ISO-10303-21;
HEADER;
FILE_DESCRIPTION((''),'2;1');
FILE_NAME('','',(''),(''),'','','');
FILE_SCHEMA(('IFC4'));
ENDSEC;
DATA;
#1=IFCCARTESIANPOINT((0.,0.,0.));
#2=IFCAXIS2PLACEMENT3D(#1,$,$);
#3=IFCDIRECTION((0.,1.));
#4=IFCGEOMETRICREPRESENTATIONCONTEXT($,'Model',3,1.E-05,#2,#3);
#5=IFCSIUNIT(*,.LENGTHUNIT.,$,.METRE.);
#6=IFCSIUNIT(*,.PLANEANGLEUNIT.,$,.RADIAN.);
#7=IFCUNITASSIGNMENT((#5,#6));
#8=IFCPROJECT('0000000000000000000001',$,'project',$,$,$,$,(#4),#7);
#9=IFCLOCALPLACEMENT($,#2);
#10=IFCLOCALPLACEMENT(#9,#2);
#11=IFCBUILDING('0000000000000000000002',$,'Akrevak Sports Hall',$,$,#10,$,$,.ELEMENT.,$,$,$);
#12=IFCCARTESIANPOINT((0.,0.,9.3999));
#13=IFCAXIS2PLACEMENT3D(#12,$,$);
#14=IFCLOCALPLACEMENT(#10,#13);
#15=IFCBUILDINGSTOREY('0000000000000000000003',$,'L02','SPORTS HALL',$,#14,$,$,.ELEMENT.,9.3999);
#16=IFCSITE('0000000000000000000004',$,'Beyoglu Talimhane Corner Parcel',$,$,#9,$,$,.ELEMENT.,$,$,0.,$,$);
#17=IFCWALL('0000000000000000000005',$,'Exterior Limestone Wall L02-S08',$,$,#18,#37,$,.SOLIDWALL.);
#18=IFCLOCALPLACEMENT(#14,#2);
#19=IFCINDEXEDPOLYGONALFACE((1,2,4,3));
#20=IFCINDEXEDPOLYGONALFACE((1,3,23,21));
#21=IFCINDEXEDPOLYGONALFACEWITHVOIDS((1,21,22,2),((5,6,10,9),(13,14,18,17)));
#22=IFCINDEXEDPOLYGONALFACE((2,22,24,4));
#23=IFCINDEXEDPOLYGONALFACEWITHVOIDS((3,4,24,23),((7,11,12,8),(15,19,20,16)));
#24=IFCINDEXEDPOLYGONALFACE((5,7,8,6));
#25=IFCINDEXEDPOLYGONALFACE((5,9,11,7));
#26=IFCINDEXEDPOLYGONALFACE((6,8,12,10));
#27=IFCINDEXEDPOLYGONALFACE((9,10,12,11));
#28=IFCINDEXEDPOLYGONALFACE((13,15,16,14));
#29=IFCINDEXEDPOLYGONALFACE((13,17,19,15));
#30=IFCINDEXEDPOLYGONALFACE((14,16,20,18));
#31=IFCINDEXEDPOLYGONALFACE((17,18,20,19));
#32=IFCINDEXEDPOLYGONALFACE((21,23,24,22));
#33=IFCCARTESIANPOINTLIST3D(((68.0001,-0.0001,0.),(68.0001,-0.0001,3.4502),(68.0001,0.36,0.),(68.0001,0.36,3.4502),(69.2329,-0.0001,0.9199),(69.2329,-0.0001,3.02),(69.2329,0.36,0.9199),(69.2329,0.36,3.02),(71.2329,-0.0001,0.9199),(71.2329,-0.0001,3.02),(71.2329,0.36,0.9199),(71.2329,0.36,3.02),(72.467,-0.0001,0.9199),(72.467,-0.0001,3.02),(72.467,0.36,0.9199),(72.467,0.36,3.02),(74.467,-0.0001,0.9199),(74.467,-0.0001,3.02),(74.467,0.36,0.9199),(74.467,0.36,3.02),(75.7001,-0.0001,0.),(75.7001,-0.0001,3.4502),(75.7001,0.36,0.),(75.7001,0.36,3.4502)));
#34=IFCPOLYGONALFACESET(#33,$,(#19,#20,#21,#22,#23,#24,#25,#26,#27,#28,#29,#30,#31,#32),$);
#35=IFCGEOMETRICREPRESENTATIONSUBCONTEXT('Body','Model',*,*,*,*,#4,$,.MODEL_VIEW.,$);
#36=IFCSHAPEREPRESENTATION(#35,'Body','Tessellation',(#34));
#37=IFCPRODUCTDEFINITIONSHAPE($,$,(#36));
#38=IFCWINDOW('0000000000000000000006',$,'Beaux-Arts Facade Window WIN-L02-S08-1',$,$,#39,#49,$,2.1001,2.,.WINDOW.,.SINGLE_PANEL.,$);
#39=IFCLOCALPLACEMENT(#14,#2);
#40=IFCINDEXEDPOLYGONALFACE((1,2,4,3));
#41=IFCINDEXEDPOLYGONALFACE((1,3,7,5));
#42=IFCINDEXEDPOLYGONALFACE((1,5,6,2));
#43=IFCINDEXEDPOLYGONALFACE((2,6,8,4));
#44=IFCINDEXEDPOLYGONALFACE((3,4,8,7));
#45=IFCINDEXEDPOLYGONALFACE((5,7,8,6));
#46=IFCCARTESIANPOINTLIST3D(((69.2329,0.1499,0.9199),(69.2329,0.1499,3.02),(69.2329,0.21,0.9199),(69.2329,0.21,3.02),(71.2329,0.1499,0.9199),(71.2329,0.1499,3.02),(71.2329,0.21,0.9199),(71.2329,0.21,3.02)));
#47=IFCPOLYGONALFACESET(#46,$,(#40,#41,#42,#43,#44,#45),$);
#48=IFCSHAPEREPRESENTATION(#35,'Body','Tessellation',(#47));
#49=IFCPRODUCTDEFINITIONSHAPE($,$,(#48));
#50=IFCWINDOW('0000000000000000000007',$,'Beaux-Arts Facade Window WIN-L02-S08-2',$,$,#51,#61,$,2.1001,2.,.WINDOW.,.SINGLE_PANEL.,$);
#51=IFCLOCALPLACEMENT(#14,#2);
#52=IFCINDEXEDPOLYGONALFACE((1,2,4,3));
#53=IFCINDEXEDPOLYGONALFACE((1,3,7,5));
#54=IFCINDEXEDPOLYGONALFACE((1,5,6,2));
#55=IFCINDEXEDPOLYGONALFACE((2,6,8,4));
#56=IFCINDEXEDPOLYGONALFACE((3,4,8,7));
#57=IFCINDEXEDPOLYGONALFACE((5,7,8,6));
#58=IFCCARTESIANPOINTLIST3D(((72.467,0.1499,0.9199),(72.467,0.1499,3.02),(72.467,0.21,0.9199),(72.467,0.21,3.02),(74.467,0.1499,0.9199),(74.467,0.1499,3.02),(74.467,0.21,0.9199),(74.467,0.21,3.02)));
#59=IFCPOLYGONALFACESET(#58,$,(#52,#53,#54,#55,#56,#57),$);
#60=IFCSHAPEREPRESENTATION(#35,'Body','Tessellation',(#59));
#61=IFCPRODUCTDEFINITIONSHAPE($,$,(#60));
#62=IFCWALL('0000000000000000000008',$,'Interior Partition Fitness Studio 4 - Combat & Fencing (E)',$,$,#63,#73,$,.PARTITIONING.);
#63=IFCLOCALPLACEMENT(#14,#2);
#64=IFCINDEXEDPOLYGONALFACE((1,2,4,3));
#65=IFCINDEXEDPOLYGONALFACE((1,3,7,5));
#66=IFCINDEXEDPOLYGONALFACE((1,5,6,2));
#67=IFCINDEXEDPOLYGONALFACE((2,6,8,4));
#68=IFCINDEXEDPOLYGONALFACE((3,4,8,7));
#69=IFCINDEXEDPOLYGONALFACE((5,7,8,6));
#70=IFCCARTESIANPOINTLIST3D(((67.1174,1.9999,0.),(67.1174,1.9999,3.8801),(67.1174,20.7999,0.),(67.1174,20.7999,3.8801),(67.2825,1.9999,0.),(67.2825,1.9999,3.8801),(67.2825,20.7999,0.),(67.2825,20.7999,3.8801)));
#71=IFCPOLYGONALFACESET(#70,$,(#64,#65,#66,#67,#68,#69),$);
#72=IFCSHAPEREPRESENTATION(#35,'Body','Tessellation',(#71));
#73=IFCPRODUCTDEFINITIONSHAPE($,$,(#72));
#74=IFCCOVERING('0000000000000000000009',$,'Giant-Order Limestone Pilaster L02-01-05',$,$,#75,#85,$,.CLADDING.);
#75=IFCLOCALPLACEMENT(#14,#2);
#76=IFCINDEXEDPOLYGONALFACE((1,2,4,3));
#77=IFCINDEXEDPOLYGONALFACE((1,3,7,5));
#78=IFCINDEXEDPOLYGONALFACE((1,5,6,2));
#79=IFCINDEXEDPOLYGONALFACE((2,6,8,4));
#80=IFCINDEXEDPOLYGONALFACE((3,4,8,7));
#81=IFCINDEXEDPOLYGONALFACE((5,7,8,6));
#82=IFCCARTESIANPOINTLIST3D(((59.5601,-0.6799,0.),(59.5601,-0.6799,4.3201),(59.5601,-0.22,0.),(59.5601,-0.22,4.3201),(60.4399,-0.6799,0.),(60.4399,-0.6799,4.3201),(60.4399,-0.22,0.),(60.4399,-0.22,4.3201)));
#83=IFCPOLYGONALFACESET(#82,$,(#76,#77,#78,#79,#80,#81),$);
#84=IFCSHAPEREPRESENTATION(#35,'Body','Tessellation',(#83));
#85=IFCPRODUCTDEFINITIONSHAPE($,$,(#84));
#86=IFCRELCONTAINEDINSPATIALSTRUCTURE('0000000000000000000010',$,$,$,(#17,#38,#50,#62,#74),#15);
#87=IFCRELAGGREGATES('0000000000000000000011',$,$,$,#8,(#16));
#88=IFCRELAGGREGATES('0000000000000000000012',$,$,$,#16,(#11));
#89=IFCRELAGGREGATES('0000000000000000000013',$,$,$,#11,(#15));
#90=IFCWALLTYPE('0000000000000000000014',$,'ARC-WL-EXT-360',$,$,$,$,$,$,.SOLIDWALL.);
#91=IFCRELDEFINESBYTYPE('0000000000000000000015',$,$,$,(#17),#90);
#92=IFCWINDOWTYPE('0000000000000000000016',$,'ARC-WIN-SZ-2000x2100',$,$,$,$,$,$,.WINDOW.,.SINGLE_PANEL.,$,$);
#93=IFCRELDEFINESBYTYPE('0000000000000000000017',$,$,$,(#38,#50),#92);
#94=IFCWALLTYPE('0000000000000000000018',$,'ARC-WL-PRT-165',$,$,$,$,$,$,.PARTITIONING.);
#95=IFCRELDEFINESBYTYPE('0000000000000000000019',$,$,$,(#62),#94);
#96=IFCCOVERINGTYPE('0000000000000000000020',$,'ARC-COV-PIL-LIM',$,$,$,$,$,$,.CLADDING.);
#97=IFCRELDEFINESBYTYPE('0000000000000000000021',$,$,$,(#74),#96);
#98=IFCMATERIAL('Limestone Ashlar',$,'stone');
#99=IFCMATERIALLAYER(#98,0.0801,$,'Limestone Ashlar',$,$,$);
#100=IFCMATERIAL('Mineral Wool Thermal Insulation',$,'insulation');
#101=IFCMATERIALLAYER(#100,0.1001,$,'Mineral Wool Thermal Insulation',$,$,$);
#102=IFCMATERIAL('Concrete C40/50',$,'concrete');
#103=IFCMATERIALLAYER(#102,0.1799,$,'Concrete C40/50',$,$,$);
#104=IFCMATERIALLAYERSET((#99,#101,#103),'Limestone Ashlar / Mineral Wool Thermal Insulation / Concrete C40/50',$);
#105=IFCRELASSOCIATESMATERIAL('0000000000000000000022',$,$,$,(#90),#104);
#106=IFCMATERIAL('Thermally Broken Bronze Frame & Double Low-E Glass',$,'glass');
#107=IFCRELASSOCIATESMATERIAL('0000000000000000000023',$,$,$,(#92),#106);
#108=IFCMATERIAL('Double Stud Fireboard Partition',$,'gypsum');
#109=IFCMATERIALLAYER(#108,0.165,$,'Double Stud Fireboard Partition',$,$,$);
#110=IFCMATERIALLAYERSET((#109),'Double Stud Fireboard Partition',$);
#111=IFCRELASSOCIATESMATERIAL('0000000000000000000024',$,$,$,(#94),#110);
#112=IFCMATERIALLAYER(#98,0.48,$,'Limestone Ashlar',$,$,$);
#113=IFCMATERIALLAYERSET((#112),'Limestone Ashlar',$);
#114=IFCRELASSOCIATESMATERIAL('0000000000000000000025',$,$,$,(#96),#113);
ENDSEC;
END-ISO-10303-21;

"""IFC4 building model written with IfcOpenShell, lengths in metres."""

from ifc_helpers import new_model, si_unit, direction, frame, frame_2d, origin, origin_2d, place, context, subcontext, project, spatial, rectangle, extrude, material, layer, layer_set, type_object, element, fill, save


model = new_model("IFC4")

# Units and contexts
model_context = context("Model", 3, precision=1e-05, world=origin(), true_north=direction((0.0, 1.0)))
body_context = subcontext(model_context, "Body", "Model", "MODEL_VIEW")
ifc_project = project(units=[si_unit("LENGTHUNIT", "METRE"), si_unit("PLANEANGLEUNIT", "RADIAN")], contexts=[model_context])

# Site, building, storey
site_placement = place(None, origin())
site = spatial("IfcSite", under=ifc_project, at=site_placement, Name="Beyoglu Talimhane Corner Parcel", CompositionType="ELEMENT", RefElevation=0.0)
building_placement = place(site_placement, origin())
building = spatial("IfcBuilding", under=site, at=building_placement, Name="Akrevak Sports Hall", CompositionType="ELEMENT")
storey_placement = place(building_placement, frame((0.0, 0.0, 9.3999)))
storey = spatial("IfcBuildingStorey", under=building, at=storey_placement, Name="L02", Description="SPORTS HALL", CompositionType="ELEMENT", Elevation=9.3999)

# Shared definitions
ifc_material_1 = material(Name="Concrete C40/50", Category="concrete")

# Wall, openings, windows
ifc_material_2 = material(Name="Limestone Ashlar", Category="stone")
ifc_layer_1 = layer(ifc_material_2, 0.0801, Name="Limestone Ashlar")
ifc_material_3 = material(Name="Mineral Wool Thermal Insulation", Category="insulation")
ifc_layer_2 = layer(ifc_material_3, 0.1001, Name="Mineral Wool Thermal Insulation")
ifc_layer_3 = layer(ifc_material_1, 0.1799, Name="Concrete C40/50")
ifc_layer_set_1 = layer_set([ifc_layer_1, ifc_layer_2, ifc_layer_3], Name="Limestone Ashlar / Mineral Wool Thermal Insulation / Concrete C40/50")
wall_type_1 = type_object("IfcWallType", Name="ARC-WL-EXT-360", PredefinedType="SOLIDWALL", material=ifc_layer_set_1)
ifc_material_4 = material(Name="Thermally Broken Bronze Frame & Double Low-E Glass", Category="glass")
window_type = type_object("IfcWindowType", Name="ARC-WIN-SZ-2000x2100", PartitioningType="SINGLE_PANEL", PredefinedType="WINDOW", material=ifc_material_4)
wall_1_placement = place(storey_placement, frame((68.0, 0.1799, 0.0), z_axis=(0.0, 0.0, 1.0), x_axis=(1.0, 0.0, 0.0)))
wall_1 = element("IfcWall", 1, at=wall_1_placement, inside=storey, type_object=wall_type_1, Name="Exterior Limestone Wall L02-S08", PredefinedType="SOLIDWALL", context=body_context, shape_type="SweptSolid", body=[
    extrude(rectangle(XDim=7.7, YDim=0.3601, at=frame_2d((3.8501, 0.0))), origin(), (0.0, 0.0, 1.0), 3.4502),
])
opening_1_placement = place(wall_1_placement, frame((1.2329, 0.0, 0.9199)))
opening_1 = element("IfcOpeningElement", 2, at=opening_1_placement, cuts=wall_1, PredefinedType="OPENING", context=body_context, shape_type="SweptSolid", body=[
    extrude(rectangle(XDim=2.0, YDim=2.1001, at=frame_2d((1.0, 1.05))), frame((0.0, 0.1919, 0.0), z_axis=(0.0, -1.0, 0.0), x_axis=(1.0, 0.0, 0.0)), (0.0, 0.0, 1.0), 0.384),
])
opening_2_placement = place(wall_1_placement, frame((4.467, 0.0, 0.9199)))
opening_2 = element("IfcOpeningElement", 3, at=opening_2_placement, cuts=wall_1, PredefinedType="OPENING", context=body_context, shape_type="SweptSolid", body=[
    extrude(rectangle(XDim=2.0, YDim=2.1001, at=frame_2d((1.0, 1.05))), frame((0.0, 0.1919, 0.0), z_axis=(0.0, -1.0, 0.0), x_axis=(1.0, 0.0, 0.0)), (0.0, 0.0, 1.0), 0.384),
])
window_1_placement = place(opening_1_placement, origin())
window_1 = element("IfcWindow", 4, at=window_1_placement, inside=storey, type_object=window_type, Name="Beaux-Arts Facade Window WIN-L02-S08-1", OverallHeight=2.1001, OverallWidth=2.0, PartitioningType="SINGLE_PANEL", PredefinedType="WINDOW", context=body_context, shape_type="SweptSolid", body=[
    extrude(rectangle(XDim=2.0, YDim=2.1001, at=frame_2d((1.0, 1.05))), frame((0.0, 0.03, 0.0), z_axis=(0.0, -1.0, 0.0), x_axis=(1.0, 0.0, 0.0)), (0.0, 0.0, 1.0), 0.0601),
])
fill(opening_1, window_1)
window_2_placement = place(opening_2_placement, origin())
window_2 = element("IfcWindow", 5, at=window_2_placement, inside=storey, type_object=window_type, Name="Beaux-Arts Facade Window WIN-L02-S08-2", OverallHeight=2.1001, OverallWidth=2.0, PartitioningType="SINGLE_PANEL", PredefinedType="WINDOW", context=body_context, shape_type="SweptSolid", body=[
    extrude(rectangle(XDim=2.0, YDim=2.1001, at=frame_2d((1.0, 1.05))), frame((0.0, 0.03, 0.0), z_axis=(0.0, -1.0, 0.0), x_axis=(1.0, 0.0, 0.0)), (0.0, 0.0, 1.0), 0.0601),
])
fill(opening_2, window_2)

# Wall
ifc_material_5 = material(Name="Double Stud Fireboard Partition", Category="gypsum")
ifc_layer_4 = layer(ifc_material_5, 0.165, Name="Double Stud Fireboard Partition")
ifc_layer_set_2 = layer_set([ifc_layer_4], Name="Double Stud Fireboard Partition")
wall_type_2 = type_object("IfcWallType", Name="ARC-WL-PRT-165", PredefinedType="PARTITIONING", material=ifc_layer_set_2)
wall_2_placement = place(storey_placement, frame((67.2, 2.0, 0.0), z_axis=(0.0, 0.0, 1.0), x_axis=(0.0, 1.0, 0.0)))
element("IfcWall", 6, at=wall_2_placement, inside=storey, type_object=wall_type_2, Name="Interior Partition Fitness Studio 4 - Combat & Fencing (E)", PredefinedType="PARTITIONING", context=body_context, shape_type="SweptSolid", body=[
    extrude(rectangle(XDim=18.8, YDim=0.165, at=frame_2d((9.3999, 0.0))), origin(), (0.0, 0.0, 1.0), 3.8801),
])

# Covering
ifc_layer_5 = layer(ifc_material_2, 0.48, Name="Limestone Ashlar")
ifc_layer_set_3 = layer_set([ifc_layer_5], Name="Limestone Ashlar")
covering_type = type_object("IfcCoveringType", Name="ARC-COV-PIL-LIM", PredefinedType="CLADDING", material=ifc_layer_set_3)
covering_placement = place(storey_placement, frame((60.0, -0.45, 0.0), z_axis=(0.0, 0.0, 1.0), x_axis=(1.0, 0.0, 0.0)))
element("IfcCovering", 7, at=covering_placement, inside=storey, type_object=covering_type, Name="Giant-Order Limestone Pilaster L02-01-05", PredefinedType="CLADDING", context=body_context, shape_type="SweptSolid", body=[
    extrude(rectangle(XDim=0.8799, YDim=0.46, at=origin_2d()), origin(), (0.0, 0.0, 1.0), 4.3201),
])

save(model, "model.ifc")
